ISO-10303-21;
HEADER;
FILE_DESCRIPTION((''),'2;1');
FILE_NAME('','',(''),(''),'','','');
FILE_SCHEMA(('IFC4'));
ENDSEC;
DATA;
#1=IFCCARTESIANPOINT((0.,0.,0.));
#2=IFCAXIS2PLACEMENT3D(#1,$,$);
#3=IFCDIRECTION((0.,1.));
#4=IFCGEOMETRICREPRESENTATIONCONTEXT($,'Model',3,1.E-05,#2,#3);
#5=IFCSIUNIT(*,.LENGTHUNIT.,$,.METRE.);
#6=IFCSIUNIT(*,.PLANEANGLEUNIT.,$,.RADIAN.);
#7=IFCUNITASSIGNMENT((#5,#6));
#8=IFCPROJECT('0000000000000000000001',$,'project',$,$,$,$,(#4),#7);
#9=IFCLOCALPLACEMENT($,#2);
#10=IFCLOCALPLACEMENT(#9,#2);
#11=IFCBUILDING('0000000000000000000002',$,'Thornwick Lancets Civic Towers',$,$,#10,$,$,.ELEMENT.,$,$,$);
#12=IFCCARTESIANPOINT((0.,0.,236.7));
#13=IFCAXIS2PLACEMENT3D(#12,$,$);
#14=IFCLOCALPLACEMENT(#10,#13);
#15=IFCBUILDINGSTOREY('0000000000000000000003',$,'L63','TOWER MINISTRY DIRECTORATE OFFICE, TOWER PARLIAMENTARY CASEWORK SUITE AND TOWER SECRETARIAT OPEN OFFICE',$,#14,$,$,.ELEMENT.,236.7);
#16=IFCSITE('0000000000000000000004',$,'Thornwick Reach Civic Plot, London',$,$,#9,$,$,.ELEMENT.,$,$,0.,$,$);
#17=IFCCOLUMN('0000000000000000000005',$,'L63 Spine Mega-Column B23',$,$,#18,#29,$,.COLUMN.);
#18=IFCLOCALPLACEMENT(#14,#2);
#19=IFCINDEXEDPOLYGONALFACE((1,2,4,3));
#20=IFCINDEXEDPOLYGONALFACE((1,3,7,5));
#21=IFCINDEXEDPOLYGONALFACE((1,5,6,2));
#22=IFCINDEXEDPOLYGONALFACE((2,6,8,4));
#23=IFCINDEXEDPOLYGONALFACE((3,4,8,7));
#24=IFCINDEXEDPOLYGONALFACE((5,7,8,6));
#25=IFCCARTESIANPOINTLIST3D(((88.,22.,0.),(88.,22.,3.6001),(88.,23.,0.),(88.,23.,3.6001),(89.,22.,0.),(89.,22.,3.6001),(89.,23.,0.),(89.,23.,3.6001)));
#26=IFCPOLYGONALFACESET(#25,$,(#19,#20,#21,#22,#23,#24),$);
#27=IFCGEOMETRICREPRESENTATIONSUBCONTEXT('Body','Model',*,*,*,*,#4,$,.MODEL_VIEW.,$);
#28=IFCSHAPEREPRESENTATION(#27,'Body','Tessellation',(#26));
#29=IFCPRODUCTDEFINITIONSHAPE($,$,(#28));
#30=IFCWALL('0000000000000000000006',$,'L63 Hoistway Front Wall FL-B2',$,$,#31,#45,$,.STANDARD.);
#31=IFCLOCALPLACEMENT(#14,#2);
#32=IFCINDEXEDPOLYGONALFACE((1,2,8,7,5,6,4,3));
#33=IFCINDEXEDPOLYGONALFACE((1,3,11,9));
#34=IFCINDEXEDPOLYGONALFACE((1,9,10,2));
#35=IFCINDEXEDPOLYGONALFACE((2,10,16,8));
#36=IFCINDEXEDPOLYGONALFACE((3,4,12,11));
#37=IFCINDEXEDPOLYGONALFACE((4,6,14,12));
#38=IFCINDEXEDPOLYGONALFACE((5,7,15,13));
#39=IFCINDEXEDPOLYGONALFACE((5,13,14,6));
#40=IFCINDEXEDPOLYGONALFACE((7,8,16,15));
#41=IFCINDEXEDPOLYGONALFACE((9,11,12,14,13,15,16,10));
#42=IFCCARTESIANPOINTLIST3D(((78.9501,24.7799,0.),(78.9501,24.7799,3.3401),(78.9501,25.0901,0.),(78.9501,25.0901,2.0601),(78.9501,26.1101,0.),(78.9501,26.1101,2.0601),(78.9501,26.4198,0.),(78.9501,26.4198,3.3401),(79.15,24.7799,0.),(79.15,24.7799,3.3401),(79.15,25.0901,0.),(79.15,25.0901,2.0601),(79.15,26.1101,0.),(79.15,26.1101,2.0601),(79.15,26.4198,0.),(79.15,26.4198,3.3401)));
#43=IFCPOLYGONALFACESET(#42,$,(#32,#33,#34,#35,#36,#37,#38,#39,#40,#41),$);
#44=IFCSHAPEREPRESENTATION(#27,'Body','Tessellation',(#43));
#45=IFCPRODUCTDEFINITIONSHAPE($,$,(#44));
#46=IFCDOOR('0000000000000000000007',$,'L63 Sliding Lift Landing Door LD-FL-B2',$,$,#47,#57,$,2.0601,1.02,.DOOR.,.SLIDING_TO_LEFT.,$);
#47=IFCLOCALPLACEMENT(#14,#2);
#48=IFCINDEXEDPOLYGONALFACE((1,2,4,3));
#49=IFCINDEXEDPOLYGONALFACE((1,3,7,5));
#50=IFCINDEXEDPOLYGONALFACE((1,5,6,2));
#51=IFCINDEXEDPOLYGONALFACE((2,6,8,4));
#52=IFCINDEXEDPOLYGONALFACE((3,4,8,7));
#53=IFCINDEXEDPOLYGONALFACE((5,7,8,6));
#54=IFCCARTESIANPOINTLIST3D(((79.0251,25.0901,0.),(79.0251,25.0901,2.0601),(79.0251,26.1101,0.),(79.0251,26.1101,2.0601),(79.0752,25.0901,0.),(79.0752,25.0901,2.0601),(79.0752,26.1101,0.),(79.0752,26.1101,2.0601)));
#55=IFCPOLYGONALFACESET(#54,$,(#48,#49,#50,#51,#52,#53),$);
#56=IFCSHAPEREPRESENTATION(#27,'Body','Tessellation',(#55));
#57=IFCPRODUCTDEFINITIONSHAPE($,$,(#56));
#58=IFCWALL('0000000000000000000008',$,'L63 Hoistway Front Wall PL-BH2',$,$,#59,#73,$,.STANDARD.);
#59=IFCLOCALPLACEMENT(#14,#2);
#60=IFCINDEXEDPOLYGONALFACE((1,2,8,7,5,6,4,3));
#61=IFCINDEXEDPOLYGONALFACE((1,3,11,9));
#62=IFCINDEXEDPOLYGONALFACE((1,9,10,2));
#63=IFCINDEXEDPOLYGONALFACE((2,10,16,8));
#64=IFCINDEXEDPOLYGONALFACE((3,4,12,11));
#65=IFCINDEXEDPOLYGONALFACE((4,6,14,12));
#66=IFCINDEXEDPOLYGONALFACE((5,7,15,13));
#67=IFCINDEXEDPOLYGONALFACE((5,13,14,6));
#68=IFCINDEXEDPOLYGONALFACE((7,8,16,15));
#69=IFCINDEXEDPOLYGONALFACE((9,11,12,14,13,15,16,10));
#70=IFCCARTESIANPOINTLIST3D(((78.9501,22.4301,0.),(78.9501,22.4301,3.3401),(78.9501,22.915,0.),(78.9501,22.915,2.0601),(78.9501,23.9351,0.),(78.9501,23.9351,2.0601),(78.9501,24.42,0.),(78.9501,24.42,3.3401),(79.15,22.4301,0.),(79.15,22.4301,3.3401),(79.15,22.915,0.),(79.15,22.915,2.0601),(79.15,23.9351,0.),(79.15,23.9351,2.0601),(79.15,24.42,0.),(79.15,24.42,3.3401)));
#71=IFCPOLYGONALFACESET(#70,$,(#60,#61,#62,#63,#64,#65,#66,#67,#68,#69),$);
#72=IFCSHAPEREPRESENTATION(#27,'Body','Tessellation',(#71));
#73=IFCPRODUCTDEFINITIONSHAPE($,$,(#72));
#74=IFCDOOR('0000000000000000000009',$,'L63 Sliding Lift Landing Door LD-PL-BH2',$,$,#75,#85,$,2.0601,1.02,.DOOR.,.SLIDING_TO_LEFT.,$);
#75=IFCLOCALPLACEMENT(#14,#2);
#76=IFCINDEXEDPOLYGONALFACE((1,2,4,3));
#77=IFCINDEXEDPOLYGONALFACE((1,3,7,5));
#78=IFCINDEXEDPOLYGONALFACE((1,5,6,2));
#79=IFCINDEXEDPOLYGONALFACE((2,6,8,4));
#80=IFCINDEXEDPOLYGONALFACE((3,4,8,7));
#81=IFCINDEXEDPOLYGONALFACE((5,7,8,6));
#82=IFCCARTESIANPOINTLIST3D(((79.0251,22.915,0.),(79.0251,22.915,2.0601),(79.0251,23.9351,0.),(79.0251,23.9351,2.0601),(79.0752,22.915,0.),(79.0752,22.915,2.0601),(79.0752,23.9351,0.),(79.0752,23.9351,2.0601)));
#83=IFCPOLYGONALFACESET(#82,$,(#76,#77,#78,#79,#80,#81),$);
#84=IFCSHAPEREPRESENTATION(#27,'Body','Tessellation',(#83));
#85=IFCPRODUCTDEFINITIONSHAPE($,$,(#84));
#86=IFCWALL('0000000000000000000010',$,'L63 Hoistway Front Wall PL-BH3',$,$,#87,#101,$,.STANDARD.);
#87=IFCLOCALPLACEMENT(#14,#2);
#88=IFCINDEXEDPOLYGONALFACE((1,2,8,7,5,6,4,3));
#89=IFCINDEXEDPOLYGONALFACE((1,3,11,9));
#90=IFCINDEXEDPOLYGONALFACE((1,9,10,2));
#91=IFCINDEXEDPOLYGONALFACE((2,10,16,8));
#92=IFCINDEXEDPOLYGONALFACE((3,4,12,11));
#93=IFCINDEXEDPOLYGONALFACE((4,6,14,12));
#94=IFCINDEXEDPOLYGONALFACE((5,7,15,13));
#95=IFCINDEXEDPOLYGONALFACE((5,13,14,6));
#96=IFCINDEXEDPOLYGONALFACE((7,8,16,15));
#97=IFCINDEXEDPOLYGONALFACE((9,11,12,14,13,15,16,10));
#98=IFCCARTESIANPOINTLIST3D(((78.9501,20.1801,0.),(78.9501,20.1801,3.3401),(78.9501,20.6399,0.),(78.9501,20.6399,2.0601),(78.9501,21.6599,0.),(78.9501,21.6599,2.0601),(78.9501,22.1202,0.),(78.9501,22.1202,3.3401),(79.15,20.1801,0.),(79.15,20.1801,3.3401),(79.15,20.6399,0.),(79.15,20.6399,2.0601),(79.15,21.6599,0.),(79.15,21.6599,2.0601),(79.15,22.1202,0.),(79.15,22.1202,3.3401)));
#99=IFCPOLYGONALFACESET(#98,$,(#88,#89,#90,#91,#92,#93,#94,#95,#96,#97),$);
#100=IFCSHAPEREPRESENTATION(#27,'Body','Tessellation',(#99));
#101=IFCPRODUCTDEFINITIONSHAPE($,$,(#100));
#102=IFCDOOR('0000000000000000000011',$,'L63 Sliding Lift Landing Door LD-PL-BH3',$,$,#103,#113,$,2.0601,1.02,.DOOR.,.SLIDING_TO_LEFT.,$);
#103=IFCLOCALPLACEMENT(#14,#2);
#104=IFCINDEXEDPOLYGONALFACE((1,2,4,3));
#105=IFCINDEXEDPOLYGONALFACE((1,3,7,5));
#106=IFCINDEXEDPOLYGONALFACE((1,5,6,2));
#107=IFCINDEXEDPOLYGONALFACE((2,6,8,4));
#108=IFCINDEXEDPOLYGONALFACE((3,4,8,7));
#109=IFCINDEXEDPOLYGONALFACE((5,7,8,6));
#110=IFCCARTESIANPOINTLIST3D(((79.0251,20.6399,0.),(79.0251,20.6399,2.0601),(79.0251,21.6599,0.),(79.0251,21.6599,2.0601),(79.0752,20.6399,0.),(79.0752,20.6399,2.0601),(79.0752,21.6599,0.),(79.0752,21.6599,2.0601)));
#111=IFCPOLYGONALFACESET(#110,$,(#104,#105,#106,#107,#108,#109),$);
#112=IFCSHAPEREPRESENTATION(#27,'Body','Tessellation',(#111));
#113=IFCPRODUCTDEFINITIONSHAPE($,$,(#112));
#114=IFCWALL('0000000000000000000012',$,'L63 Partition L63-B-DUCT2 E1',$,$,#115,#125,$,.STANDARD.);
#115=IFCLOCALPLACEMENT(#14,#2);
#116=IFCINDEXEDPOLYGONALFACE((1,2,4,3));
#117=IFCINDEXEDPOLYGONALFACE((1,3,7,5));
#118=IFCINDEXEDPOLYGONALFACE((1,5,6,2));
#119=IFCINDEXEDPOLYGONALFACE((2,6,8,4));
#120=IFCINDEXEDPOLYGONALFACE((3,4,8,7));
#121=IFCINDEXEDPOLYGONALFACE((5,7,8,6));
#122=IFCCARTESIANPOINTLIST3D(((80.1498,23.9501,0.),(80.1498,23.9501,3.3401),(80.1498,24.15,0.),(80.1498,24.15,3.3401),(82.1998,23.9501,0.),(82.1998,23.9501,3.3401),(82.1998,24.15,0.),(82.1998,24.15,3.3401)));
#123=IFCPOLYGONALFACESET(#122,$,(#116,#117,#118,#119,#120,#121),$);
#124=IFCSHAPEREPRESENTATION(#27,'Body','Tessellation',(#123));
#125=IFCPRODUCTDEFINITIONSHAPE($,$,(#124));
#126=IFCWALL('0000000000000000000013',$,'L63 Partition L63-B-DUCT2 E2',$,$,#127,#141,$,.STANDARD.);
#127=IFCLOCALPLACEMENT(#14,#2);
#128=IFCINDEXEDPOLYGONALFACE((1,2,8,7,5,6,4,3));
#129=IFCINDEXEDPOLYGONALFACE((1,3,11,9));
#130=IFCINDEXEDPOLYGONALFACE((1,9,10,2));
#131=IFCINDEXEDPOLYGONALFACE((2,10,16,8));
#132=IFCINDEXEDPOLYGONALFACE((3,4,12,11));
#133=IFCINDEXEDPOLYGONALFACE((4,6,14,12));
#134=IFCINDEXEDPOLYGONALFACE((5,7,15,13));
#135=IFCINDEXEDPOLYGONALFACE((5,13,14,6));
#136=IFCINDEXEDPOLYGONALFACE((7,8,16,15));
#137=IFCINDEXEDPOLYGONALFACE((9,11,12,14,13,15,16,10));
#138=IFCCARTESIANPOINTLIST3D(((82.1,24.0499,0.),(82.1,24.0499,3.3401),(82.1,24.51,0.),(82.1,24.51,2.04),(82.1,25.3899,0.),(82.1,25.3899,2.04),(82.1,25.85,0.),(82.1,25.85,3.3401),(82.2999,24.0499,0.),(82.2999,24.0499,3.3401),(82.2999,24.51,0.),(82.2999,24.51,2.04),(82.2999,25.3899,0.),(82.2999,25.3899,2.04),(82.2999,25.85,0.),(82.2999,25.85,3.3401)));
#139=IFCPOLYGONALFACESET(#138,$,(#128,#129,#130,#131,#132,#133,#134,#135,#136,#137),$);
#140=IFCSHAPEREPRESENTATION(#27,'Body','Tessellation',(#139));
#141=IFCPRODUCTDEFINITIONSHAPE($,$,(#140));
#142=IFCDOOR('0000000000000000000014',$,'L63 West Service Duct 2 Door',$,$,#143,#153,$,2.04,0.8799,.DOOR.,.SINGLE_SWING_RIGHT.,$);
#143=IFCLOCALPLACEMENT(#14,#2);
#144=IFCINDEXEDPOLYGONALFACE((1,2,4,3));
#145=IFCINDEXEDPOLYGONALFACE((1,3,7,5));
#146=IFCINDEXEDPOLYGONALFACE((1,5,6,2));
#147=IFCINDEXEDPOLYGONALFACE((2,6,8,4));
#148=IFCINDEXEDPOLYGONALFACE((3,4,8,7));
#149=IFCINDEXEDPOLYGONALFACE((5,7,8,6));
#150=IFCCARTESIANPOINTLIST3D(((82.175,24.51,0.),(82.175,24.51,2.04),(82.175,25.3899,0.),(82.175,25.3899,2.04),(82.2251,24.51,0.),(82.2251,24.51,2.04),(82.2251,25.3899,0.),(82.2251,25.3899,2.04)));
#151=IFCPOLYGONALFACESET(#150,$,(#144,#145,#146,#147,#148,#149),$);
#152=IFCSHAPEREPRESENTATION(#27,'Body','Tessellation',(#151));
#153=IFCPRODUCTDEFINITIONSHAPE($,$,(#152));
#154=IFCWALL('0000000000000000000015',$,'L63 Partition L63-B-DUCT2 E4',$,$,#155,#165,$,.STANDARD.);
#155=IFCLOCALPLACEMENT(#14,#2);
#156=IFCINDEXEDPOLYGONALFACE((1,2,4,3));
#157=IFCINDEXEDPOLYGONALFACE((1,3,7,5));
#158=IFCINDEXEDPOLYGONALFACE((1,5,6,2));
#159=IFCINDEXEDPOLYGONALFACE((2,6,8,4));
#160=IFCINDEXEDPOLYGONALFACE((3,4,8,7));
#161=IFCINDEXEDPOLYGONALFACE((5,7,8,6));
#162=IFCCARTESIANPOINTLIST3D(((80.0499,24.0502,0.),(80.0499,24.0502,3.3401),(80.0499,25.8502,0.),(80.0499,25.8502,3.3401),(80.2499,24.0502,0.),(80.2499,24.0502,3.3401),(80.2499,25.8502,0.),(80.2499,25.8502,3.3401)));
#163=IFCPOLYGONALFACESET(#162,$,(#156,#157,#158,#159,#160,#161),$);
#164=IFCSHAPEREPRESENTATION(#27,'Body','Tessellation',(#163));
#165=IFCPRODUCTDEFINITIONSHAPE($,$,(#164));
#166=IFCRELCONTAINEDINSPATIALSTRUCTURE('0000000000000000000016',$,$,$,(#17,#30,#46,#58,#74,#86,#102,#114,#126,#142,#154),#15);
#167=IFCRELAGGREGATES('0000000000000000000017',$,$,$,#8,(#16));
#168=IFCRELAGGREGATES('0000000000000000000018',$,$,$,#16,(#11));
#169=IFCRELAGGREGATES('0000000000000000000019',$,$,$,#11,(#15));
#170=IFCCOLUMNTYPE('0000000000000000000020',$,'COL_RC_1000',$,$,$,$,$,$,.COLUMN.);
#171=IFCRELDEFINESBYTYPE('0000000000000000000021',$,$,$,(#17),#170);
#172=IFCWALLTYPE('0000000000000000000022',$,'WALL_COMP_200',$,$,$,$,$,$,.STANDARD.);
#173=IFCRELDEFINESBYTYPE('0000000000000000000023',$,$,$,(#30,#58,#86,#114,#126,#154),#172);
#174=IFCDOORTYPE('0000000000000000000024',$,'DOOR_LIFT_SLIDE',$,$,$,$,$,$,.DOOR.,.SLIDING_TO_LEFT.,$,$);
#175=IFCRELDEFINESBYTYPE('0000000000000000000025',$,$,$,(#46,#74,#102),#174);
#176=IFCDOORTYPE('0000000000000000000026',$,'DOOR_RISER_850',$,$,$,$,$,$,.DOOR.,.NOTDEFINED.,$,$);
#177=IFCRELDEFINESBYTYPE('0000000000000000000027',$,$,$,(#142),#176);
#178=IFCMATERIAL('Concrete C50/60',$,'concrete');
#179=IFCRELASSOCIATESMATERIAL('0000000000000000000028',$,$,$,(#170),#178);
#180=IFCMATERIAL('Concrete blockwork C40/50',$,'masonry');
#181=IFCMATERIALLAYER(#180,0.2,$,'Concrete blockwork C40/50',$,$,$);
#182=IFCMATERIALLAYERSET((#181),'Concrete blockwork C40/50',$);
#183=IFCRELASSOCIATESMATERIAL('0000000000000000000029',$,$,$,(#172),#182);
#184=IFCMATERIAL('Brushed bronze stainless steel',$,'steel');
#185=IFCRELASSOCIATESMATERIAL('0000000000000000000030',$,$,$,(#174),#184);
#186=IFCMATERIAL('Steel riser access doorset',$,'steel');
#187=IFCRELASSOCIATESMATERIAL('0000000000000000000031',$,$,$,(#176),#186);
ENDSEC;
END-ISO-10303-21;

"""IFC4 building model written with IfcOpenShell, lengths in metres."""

from ifc_helpers import new_model, si_unit, direction, frame, frame_2d, origin, origin_2d, place, context, subcontext, project, spatial, rectangle, extrude, material, layer, layer_set, material_profile, profile_set, type_object, element, fill, save


model = new_model("IFC4")

# Units and contexts
model_context = context("Model", 3, precision=1e-05, world=origin(), true_north=direction((0.0, 1.0)))
body_context = subcontext(model_context, "Body", "Model", "MODEL_VIEW")
ifc_project = project(units=[si_unit("LENGTHUNIT", "METRE"), si_unit("PLANEANGLEUNIT", "RADIAN")], contexts=[model_context])

# Site, building, storey
site_placement = place(None, origin())
site = spatial("IfcSite", under=ifc_project, at=site_placement, Name="Thornwick Reach Civic Plot, London", CompositionType="ELEMENT", RefElevation=0.0)
building_placement = place(site_placement, origin())
building = spatial("IfcBuilding", under=site, at=building_placement, Name="Thornwick Lancets Civic Towers", CompositionType="ELEMENT")
storey_placement = place(building_placement, frame((0.0, 0.0, 236.7)))
storey = spatial("IfcBuildingStorey", under=building, at=storey_placement, Name="L63", Description="TOWER MINISTRY DIRECTORATE OFFICE, TOWER PARLIAMENTARY CASEWORK SUITE AND TOWER SECRETARIAT OPEN OFFICE", CompositionType="ELEMENT", Elevation=236.7)

# Column
ifc_material_1 = material(Name="Concrete C50/60", Category="concrete")
ifc_material_profile = material_profile(ifc_material_1, rectangle(XDim=1.0, YDim=1.0, at=origin_2d()), Name="RC 1000x1000")
ifc_profile_set = profile_set([ifc_material_profile], Name="Concrete C50/60")
column_type = type_object("IfcColumnType", Name="COL_RC_1000", PredefinedType="COLUMN", material=ifc_profile_set)
column_placement = place(storey_placement, frame((88.5, 22.5, 0.0), z_axis=(0.0, 0.0, 1.0), x_axis=(1.0, 0.0, 0.0)))
element("IfcColumn", 1, at=column_placement, inside=storey, type_object=column_type, Name="L63 Spine Mega-Column B23", PredefinedType="COLUMN", context=body_context, shape_type="SweptSolid", body=[
    extrude(rectangle(XDim=1.0, YDim=1.0, at=origin_2d()), origin(), (0.0, 0.0, 1.0), 3.6001),
])

# Walls, openings, doors
ifc_material_2 = material(Name="Concrete blockwork C40/50", Category="masonry")
ifc_layer_1 = layer(ifc_material_2, 0.2, Name="Concrete blockwork C40/50")
ifc_layer_set_1 = layer_set([ifc_layer_1], Name="Concrete blockwork C40/50")
wall_type_1 = type_object("IfcWallType", Name="WALL_COMP_200", PredefinedType="STANDARD", material=ifc_layer_set_1)
wall_1_placement = place(storey_placement, frame((79.05, 24.78, 0.0), z_axis=(0.0, 0.0, 1.0), x_axis=(0.0, 1.0, 0.0)))
wall_1 = element("IfcWall", 2, at=wall_1_placement, inside=storey, type_object=wall_type_1, Name="L63 Hoistway Front Wall FL-B2", PredefinedType="STANDARD", context=body_context, shape_type="SweptSolid", body=[
    extrude(rectangle(XDim=1.6399, YDim=0.2, at=frame_2d((0.8198, 0.0))), origin(), (0.0, 0.0, 1.0), 3.3401),
])
opening_1_placement = place(wall_1_placement, frame((0.3101, 0.0, 0.0)))
opening_1 = element("IfcOpeningElement", 3, at=opening_1_placement, cuts=wall_1, PredefinedType="OPENING", context=body_context, shape_type="SweptSolid", body=[
    extrude(rectangle(XDim=1.02, YDim=2.0601, at=frame_2d((0.51, 1.03))), frame((0.0, 0.1099, 0.0), z_axis=(0.0, -1.0, 0.0), x_axis=(1.0, 0.0, 0.0)), (0.0, 0.0, 1.0), 0.22),
])
ifc_material_3 = material(Name="Brushed bronze stainless steel", Category="steel")
door_type_1 = type_object("IfcDoorType", Name="DOOR_LIFT_SLIDE", OperationType="SLIDING_TO_LEFT", PredefinedType="DOOR", material=ifc_material_3)
door_1_placement = place(opening_1_placement, origin())
door_1 = element("IfcDoor", 4, at=door_1_placement, inside=storey, type_object=door_type_1, Name="L63 Sliding Lift Landing Door LD-FL-B2", OperationType="SLIDING_TO_LEFT", OverallHeight=2.0601, OverallWidth=1.02, PredefinedType="DOOR", context=body_context, shape_type="SweptSolid", body=[
    extrude(rectangle(XDim=1.02, YDim=2.0601, at=frame_2d((0.51, 1.03))), frame((0.0, 0.0249, 0.0), z_axis=(0.0, -1.0, 0.0), x_axis=(1.0, 0.0, 0.0)), (0.0, 0.0, 1.0), 0.05),
])
fill(opening_1, door_1)
wall_2_placement = place(storey_placement, frame((79.05, 22.4299, 0.0), z_axis=(0.0, 0.0, 1.0), x_axis=(0.0, 1.0, 0.0)))
wall_2 = element("IfcWall", 5, at=wall_2_placement, inside=storey, type_object=wall_type_1, Name="L63 Hoistway Front Wall PL-BH2", PredefinedType="STANDARD", context=body_context, shape_type="SweptSolid", body=[
    extrude(rectangle(XDim=1.99, YDim=0.2, at=frame_2d((0.9951, 0.0))), origin(), (0.0, 0.0, 1.0), 3.3401),
])
opening_2_placement = place(wall_2_placement, frame((0.4851, 0.0, 0.0)))
opening_2 = element("IfcOpeningElement", 6, at=opening_2_placement, cuts=wall_2, PredefinedType="OPENING", context=body_context, shape_type="SweptSolid", body=[
    extrude(rectangle(XDim=1.02, YDim=2.0601, at=frame_2d((0.51, 1.03))), frame((0.0, 0.1099, 0.0), z_axis=(0.0, -1.0, 0.0), x_axis=(1.0, 0.0, 0.0)), (0.0, 0.0, 1.0), 0.22),
])
door_2_placement = place(opening_2_placement, origin())
door_2 = element("IfcDoor", 7, at=door_2_placement, inside=storey, type_object=door_type_1, Name="L63 Sliding Lift Landing Door LD-PL-BH2", OperationType="SLIDING_TO_LEFT", OverallHeight=2.0601, OverallWidth=1.02, PredefinedType="DOOR", context=body_context, shape_type="SweptSolid", body=[
    extrude(rectangle(XDim=1.02, YDim=2.0601, at=frame_2d((0.51, 1.03))), frame((0.0, 0.0249, 0.0), z_axis=(0.0, -1.0, 0.0), x_axis=(1.0, 0.0, 0.0)), (0.0, 0.0, 1.0), 0.05),
])
fill(opening_2, door_2)
wall_3_placement = place(storey_placement, frame((79.05, 20.1799, 0.0), z_axis=(0.0, 0.0, 1.0), x_axis=(0.0, 1.0, 0.0)))
wall_3 = element("IfcWall", 8, at=wall_3_placement, inside=storey, type_object=wall_type_1, Name="L63 Hoistway Front Wall PL-BH3", PredefinedType="STANDARD", context=body_context, shape_type="SweptSolid", body=[
    extrude(rectangle(XDim=1.9402, YDim=0.2, at=frame_2d((0.9702, 0.0))), origin(), (0.0, 0.0, 1.0), 3.3401),
])
opening_3_placement = place(wall_3_placement, frame((0.46, 0.0, 0.0)))
opening_3 = element("IfcOpeningElement", 9, at=opening_3_placement, cuts=wall_3, PredefinedType="OPENING", context=body_context, shape_type="SweptSolid", body=[
    extrude(rectangle(XDim=1.02, YDim=2.0601, at=frame_2d((0.51, 1.03))), frame((0.0, 0.1099, 0.0), z_axis=(0.0, -1.0, 0.0), x_axis=(1.0, 0.0, 0.0)), (0.0, 0.0, 1.0), 0.22),
])
door_3_placement = place(opening_3_placement, origin())
door_3 = element("IfcDoor", 10, at=door_3_placement, inside=storey, type_object=door_type_1, Name="L63 Sliding Lift Landing Door LD-PL-BH3", OperationType="SLIDING_TO_LEFT", OverallHeight=2.0601, OverallWidth=1.02, PredefinedType="DOOR", context=body_context, shape_type="SweptSolid", body=[
    extrude(rectangle(XDim=1.02, YDim=2.0601, at=frame_2d((0.51, 1.03))), frame((0.0, 0.0249, 0.0), z_axis=(0.0, -1.0, 0.0), x_axis=(1.0, 0.0, 0.0)), (0.0, 0.0, 1.0), 0.05),
])
fill(opening_3, door_3)

# Wall
wall_4_placement = place(storey_placement, frame((80.1499, 24.05, 0.0), z_axis=(0.0, 0.0, 1.0), x_axis=(1.0, 0.0, 0.0)))
element("IfcWall", 11, at=wall_4_placement, inside=storey, type_object=wall_type_1, Name="L63 Partition L63-B-DUCT2 E1", PredefinedType="STANDARD", context=body_context, shape_type="SweptSolid", body=[
    extrude(rectangle(XDim=2.05, YDim=0.2, at=frame_2d((1.0249, 0.0))), origin(), (0.0, 0.0, 1.0), 3.3401),
])

# Wall, opening, door
wall_5_placement = place(storey_placement, frame((82.2, 24.05, 0.0), z_axis=(0.0, 0.0, 1.0), x_axis=(0.0, 1.0, 0.0)))
wall_5 = element("IfcWall", 12, at=wall_5_placement, inside=storey, type_object=wall_type_1, Name="L63 Partition L63-B-DUCT2 E2", PredefinedType="STANDARD", context=body_context, shape_type="SweptSolid", body=[
    extrude(rectangle(XDim=1.8, YDim=0.2, at=frame_2d((0.8999, 0.0))), origin(), (0.0, 0.0, 1.0), 3.3401),
])
opening_4_placement = place(wall_5_placement, frame((0.46, 0.0, 0.0)))
opening_4 = element("IfcOpeningElement", 13, at=opening_4_placement, cuts=wall_5, PredefinedType="OPENING", context=body_context, shape_type="SweptSolid", body=[
    extrude(rectangle(XDim=0.8799, YDim=2.04, at=frame_2d((0.4399, 1.02))), frame((0.0, 0.1099, 0.0), z_axis=(0.0, -1.0, 0.0), x_axis=(1.0, 0.0, 0.0)), (0.0, 0.0, 1.0), 0.22),
])
ifc_material_4 = material(Name="Steel riser access doorset", Category="steel")
door_type_2 = type_object("IfcDoorType", Name="DOOR_RISER_850", OperationType="NOTDEFINED", PredefinedType="DOOR", material=ifc_material_4)
door_4_placement = place(opening_4_placement, origin())
door_4 = element("IfcDoor", 14, at=door_4_placement, inside=storey, type_object=door_type_2, Name="L63 West Service Duct 2 Door", OperationType="SINGLE_SWING_RIGHT", OverallHeight=2.04, OverallWidth=0.8799, PredefinedType="DOOR", context=body_context, shape_type="SweptSolid", body=[
    extrude(rectangle(XDim=0.8799, YDim=2.04, at=frame_2d((0.4399, 1.02))), frame((0.0, 0.0249, 0.0), z_axis=(0.0, -1.0, 0.0), x_axis=(1.0, 0.0, 0.0)), (0.0, 0.0, 1.0), 0.05),
])
fill(opening_4, door_4)

# Wall
wall_6_placement = place(storey_placement, frame((80.1499, 25.8501, 0.0), z_axis=(0.0, 0.0, 1.0), x_axis=(0.0, -1.0, 0.0)))
element("IfcWall", 15, at=wall_6_placement, inside=storey, type_object=wall_type_1, Name="L63 Partition L63-B-DUCT2 E4", PredefinedType="STANDARD", context=body_context, shape_type="SweptSolid", body=[
    extrude(rectangle(XDim=1.8, YDim=0.2, at=frame_2d((0.8999, 0.0))), origin(), (0.0, 0.0, 1.0), 3.3401),
])

save(model, "model.ifc")
